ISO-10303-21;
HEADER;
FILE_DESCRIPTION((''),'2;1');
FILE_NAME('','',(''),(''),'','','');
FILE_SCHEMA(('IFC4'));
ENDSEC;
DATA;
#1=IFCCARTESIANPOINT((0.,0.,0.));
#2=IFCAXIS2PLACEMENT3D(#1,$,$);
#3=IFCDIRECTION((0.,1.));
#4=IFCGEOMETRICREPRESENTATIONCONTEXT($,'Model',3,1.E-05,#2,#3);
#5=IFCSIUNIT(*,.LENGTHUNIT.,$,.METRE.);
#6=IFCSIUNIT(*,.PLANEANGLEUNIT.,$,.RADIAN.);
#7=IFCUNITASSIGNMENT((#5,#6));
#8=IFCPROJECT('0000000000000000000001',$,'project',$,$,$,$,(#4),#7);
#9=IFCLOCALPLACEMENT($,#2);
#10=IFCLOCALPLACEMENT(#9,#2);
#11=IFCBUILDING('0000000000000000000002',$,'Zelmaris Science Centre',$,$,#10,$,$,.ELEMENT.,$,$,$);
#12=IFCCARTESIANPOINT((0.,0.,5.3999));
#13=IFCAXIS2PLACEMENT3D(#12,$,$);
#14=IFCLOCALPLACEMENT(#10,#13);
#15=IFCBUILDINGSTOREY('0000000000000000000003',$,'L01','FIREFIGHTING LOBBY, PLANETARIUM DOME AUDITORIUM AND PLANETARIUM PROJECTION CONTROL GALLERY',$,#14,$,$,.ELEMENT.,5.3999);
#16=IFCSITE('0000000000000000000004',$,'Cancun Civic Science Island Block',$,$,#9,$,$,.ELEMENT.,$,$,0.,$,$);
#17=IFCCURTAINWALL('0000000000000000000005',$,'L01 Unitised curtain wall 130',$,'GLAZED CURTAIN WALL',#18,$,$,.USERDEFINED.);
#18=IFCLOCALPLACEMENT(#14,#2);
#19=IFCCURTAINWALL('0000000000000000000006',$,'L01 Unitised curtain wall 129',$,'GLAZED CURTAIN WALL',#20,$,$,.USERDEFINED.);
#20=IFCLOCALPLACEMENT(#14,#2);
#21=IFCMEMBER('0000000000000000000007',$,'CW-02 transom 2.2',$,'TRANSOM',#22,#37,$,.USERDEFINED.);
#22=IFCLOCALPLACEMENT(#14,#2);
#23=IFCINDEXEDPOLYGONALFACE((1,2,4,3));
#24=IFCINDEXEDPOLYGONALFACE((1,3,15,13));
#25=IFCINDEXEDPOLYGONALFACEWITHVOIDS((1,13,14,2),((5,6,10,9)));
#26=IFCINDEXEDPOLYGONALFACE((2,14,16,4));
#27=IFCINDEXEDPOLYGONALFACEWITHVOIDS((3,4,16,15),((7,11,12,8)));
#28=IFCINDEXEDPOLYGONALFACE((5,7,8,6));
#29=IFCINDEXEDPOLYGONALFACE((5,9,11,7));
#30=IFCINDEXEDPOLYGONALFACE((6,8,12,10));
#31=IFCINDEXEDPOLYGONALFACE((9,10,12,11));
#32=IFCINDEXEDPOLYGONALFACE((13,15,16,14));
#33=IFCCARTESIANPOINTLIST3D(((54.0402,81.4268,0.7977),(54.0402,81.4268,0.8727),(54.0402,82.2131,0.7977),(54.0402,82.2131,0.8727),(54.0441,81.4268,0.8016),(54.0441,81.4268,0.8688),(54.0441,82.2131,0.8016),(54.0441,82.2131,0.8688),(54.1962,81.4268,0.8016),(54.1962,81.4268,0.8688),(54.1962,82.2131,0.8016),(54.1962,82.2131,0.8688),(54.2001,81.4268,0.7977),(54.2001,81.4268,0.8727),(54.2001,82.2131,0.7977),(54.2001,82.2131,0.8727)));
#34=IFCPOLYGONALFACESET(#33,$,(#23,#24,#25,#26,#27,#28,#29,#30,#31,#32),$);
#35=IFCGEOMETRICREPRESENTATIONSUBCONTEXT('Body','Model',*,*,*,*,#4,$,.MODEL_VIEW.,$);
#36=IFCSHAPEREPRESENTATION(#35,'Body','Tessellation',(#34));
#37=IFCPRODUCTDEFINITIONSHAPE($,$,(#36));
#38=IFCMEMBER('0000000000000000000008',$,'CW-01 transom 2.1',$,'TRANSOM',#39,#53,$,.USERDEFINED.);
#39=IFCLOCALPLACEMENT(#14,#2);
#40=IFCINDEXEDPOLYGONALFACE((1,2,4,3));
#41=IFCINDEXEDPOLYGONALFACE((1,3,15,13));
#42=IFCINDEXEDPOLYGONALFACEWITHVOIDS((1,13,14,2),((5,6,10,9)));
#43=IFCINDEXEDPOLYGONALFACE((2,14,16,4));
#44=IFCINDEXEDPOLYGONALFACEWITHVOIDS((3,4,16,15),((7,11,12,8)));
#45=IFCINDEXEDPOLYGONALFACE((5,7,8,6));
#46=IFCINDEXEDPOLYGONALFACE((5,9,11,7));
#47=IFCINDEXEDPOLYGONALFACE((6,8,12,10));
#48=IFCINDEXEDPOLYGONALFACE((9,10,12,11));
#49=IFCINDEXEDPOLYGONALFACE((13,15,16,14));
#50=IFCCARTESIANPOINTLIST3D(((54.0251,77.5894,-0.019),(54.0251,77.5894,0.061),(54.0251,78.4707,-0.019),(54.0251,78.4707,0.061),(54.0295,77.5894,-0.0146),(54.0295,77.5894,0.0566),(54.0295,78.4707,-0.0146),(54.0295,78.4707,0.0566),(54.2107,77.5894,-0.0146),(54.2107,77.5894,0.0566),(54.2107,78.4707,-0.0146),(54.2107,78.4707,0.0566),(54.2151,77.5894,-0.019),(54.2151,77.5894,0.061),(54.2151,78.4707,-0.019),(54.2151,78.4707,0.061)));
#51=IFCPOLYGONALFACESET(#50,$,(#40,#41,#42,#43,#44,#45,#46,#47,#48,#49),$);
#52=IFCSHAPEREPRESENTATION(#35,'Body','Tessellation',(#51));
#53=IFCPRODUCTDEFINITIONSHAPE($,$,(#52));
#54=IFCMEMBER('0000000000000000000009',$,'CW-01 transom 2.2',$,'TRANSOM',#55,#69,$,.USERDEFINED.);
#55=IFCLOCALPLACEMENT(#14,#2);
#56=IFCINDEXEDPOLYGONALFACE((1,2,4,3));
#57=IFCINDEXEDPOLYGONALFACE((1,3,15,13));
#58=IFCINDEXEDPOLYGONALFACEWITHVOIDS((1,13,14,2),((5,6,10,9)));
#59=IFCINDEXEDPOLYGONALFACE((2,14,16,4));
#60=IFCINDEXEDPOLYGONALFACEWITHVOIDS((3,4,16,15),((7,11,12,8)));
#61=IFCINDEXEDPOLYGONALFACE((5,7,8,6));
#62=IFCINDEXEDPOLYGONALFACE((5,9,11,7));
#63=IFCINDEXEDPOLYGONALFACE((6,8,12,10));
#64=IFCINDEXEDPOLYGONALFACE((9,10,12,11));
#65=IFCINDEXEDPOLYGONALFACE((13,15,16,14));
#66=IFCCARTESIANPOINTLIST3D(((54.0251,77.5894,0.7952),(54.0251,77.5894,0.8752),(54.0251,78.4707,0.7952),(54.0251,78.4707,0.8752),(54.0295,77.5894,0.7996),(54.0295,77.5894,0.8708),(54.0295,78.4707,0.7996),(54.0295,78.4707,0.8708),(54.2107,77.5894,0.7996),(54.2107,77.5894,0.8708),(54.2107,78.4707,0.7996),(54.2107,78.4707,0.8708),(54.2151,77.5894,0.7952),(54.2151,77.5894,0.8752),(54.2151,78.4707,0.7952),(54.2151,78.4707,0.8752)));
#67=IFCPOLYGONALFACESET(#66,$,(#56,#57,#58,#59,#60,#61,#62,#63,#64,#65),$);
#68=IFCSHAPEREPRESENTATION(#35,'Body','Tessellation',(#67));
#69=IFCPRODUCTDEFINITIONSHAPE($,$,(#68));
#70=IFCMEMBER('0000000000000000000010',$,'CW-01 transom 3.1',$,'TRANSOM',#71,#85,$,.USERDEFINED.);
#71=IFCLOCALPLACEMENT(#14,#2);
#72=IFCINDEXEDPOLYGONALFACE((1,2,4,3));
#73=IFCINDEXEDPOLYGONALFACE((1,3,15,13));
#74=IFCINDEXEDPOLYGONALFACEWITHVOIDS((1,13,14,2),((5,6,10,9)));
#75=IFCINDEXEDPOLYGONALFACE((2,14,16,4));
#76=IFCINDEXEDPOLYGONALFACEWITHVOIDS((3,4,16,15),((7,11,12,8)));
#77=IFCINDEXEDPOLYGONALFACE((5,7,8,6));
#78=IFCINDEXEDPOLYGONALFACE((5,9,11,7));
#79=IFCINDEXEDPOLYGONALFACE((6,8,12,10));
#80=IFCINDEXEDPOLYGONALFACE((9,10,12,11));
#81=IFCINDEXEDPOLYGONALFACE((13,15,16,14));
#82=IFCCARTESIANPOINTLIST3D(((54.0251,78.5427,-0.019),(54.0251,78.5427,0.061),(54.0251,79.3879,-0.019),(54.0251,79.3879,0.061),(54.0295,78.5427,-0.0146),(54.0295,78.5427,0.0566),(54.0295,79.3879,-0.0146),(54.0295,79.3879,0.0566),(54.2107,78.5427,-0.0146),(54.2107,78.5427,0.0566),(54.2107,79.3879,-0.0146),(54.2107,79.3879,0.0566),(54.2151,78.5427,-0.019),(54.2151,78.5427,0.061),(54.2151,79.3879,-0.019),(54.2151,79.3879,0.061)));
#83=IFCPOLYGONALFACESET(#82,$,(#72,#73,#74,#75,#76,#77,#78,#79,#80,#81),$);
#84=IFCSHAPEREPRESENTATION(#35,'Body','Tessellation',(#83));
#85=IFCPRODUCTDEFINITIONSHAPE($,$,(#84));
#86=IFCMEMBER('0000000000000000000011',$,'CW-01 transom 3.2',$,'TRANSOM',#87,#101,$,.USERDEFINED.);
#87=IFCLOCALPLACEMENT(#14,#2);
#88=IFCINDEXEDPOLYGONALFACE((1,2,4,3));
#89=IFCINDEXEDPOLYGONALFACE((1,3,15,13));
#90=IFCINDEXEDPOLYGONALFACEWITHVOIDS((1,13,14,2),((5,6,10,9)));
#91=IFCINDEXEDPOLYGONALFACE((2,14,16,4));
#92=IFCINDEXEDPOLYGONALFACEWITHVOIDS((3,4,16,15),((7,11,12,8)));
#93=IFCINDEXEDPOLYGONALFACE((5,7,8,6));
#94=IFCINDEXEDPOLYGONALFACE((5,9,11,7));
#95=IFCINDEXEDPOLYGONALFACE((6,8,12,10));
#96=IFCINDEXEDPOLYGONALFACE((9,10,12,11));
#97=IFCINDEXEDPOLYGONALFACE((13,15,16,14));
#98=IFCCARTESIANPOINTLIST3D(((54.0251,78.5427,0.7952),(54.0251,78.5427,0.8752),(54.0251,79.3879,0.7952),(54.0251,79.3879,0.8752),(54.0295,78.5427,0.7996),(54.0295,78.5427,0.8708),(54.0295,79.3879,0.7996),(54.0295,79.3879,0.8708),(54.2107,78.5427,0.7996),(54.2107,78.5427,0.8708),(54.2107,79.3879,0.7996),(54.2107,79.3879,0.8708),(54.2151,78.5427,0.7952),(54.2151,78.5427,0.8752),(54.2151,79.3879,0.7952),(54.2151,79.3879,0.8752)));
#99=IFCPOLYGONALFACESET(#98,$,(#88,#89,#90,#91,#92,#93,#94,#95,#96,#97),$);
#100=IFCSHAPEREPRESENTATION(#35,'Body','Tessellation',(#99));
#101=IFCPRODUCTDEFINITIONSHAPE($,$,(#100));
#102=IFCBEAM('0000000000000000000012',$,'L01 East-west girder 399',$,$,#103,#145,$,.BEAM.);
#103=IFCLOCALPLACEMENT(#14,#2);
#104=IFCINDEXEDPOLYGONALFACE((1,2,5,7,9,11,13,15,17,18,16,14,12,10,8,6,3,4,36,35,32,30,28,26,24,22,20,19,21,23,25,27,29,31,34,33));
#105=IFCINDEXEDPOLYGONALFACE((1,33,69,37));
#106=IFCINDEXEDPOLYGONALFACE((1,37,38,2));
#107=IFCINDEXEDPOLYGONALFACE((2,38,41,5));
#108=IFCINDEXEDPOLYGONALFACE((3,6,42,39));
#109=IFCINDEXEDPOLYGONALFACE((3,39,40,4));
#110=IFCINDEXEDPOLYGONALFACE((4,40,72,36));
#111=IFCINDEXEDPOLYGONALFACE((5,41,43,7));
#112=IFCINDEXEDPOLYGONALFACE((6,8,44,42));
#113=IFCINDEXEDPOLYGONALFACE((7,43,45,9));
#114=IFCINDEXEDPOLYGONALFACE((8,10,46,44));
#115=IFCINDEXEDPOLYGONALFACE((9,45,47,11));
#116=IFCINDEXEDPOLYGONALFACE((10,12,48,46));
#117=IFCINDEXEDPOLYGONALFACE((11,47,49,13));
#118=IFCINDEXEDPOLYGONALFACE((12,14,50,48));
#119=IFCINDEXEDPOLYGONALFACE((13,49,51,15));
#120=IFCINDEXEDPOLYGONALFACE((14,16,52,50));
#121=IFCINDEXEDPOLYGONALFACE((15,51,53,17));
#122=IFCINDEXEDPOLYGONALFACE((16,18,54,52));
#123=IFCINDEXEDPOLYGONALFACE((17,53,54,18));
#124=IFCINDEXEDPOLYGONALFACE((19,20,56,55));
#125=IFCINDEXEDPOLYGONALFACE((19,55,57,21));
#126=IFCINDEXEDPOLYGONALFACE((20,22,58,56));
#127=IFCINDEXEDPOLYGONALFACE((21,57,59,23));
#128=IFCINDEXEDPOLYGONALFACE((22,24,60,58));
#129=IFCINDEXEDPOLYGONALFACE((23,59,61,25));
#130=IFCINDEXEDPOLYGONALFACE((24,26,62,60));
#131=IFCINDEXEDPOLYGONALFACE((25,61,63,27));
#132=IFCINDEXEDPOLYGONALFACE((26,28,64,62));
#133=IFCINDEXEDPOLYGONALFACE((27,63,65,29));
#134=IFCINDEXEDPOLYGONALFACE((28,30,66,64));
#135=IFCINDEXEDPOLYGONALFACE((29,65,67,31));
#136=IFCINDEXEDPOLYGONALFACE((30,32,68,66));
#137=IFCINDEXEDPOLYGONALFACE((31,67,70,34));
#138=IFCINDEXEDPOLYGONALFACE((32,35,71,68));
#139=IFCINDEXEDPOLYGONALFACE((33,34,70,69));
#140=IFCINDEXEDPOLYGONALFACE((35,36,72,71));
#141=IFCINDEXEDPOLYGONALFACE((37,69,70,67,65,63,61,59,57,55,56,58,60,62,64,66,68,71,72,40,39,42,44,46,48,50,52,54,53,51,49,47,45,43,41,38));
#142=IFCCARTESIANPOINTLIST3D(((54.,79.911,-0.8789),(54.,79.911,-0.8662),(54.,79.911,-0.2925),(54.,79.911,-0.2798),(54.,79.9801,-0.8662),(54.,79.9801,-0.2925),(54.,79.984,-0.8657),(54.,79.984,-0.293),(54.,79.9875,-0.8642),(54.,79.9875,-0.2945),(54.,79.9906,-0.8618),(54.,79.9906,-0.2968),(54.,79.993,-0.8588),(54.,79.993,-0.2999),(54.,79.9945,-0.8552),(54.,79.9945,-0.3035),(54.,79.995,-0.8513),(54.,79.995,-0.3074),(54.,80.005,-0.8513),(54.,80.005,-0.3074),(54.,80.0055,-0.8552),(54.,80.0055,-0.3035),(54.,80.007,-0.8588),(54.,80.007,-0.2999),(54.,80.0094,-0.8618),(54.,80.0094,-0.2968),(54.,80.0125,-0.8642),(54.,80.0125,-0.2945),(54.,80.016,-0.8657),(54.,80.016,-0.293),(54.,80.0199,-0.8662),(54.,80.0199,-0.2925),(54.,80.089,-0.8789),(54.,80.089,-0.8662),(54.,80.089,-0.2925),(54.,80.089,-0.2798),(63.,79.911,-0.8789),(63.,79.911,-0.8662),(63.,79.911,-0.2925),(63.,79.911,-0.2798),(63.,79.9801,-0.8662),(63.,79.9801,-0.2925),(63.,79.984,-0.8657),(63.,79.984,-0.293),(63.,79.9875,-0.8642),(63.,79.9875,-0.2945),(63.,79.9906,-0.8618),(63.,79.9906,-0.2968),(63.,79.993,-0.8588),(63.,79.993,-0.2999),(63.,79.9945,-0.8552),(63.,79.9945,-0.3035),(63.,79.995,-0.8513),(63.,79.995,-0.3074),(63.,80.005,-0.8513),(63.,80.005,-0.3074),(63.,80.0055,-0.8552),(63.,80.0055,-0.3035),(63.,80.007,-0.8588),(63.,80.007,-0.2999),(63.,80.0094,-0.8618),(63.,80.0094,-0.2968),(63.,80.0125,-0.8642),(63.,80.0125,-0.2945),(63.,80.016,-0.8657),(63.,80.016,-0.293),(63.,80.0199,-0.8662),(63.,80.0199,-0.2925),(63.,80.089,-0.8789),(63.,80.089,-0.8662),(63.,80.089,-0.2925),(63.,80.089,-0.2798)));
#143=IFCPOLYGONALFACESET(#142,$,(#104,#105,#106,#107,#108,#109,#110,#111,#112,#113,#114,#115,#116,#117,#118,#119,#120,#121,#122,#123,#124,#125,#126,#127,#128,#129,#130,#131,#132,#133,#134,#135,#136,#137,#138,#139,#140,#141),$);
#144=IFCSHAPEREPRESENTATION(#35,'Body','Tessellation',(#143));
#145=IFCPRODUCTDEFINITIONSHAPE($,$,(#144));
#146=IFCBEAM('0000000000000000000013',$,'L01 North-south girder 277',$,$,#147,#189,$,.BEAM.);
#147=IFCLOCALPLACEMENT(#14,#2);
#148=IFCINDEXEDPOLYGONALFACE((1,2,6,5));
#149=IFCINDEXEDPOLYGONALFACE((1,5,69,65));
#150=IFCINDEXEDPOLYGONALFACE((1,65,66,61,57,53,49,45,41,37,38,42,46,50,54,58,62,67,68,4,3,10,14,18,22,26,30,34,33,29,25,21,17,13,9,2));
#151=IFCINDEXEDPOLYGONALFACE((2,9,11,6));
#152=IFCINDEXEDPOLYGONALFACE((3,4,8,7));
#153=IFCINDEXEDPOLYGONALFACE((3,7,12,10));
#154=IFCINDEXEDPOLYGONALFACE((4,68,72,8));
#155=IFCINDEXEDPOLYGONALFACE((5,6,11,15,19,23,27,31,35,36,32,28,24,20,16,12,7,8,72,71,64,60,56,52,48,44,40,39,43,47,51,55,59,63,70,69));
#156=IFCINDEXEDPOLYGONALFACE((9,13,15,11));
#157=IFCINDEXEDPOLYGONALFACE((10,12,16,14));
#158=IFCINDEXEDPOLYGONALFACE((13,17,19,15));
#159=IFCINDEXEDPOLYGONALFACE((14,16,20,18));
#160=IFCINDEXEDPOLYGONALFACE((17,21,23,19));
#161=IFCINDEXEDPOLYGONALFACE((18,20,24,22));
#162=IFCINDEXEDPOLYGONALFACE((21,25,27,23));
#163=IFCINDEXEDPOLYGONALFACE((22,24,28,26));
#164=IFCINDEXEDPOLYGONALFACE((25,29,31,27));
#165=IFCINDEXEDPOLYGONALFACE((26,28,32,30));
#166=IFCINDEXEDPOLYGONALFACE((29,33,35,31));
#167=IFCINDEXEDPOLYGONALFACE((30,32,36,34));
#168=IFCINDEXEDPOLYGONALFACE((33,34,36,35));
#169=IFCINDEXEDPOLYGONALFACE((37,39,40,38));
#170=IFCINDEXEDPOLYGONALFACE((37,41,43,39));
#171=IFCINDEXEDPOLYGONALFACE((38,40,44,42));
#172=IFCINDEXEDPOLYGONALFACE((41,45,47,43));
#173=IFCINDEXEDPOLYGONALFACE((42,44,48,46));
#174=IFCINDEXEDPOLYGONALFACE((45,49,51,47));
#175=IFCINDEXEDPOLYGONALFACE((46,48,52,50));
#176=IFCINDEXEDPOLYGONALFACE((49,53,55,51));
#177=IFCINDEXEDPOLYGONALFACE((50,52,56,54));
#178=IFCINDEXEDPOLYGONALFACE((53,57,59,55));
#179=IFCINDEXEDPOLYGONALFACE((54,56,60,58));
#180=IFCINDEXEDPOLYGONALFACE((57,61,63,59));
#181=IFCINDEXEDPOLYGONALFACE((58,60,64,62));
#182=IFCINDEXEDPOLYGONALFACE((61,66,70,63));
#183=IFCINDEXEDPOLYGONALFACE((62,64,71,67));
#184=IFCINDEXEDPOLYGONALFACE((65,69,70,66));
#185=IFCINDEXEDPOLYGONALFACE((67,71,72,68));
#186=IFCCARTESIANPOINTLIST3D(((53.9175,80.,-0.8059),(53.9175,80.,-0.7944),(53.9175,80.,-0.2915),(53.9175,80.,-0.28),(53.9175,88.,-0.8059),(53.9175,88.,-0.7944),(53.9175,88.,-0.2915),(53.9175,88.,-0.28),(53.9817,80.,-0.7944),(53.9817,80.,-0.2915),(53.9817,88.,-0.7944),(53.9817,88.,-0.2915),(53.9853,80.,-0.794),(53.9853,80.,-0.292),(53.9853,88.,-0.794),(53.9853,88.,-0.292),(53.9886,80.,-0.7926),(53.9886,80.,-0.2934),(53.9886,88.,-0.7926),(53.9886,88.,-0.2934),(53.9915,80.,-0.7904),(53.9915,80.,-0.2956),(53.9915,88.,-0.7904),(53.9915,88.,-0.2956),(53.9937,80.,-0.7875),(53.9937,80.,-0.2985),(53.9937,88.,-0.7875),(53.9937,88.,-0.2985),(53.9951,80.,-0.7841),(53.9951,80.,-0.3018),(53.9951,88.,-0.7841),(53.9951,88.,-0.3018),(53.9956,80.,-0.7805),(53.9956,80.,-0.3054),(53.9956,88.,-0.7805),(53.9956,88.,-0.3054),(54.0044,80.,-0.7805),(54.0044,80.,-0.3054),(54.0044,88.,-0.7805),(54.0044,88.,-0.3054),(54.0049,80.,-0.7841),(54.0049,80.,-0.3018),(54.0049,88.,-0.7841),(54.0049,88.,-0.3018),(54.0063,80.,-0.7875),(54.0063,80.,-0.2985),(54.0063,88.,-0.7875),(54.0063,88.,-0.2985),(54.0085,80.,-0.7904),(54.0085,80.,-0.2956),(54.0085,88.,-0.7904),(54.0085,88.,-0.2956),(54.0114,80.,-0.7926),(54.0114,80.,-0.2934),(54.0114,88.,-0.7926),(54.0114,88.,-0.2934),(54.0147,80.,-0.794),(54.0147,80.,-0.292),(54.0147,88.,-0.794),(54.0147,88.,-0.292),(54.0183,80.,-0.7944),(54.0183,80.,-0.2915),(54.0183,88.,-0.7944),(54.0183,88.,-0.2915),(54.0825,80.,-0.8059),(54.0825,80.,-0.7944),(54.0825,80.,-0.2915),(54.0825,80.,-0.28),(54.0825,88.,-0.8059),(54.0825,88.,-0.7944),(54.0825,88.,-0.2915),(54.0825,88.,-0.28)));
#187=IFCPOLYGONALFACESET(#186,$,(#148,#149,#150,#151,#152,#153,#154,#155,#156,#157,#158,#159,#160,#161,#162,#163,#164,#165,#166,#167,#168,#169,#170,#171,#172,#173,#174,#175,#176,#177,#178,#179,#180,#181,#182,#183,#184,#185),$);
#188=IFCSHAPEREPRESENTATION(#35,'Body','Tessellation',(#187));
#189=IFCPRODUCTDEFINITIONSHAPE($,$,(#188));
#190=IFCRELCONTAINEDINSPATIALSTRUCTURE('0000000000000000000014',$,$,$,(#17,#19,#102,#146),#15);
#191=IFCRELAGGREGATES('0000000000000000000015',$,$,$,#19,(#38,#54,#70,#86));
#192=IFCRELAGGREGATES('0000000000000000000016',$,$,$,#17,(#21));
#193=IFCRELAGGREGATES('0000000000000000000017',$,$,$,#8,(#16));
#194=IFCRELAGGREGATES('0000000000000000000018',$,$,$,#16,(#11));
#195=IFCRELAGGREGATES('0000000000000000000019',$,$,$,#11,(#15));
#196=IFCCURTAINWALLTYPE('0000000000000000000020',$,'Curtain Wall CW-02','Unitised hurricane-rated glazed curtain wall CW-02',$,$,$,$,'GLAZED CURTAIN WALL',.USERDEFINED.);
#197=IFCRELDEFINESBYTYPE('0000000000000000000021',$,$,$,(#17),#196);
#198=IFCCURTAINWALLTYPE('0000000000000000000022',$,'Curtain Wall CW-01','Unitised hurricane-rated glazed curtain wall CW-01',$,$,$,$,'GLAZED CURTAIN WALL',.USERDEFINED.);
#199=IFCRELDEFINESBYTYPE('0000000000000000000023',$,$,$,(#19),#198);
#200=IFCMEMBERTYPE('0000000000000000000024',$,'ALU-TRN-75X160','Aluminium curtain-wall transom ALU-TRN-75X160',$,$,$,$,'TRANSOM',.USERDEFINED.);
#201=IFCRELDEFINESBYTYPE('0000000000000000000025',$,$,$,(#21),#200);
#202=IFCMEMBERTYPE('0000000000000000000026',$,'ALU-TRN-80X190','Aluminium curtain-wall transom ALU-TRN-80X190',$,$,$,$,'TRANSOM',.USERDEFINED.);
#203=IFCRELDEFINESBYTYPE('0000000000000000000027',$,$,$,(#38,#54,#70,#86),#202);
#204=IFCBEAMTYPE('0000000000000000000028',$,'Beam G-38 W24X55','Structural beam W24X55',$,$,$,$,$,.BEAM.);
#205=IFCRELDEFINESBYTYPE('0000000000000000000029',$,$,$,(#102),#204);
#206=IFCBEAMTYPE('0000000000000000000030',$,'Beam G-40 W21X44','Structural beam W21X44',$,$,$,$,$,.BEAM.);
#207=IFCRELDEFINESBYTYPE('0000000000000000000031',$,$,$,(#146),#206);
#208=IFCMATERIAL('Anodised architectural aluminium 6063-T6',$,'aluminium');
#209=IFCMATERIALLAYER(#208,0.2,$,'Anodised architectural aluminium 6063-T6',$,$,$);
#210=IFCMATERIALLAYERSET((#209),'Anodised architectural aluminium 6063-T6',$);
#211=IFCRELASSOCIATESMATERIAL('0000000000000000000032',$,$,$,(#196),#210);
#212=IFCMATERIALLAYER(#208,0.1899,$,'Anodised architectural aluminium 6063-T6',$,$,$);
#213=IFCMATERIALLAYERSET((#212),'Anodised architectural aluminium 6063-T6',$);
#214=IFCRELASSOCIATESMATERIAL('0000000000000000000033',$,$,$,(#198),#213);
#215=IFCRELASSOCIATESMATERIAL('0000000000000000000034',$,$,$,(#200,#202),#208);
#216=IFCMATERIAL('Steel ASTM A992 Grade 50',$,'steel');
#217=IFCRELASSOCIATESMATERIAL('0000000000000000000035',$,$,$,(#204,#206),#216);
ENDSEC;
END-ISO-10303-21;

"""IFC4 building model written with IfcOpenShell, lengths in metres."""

from ifc_helpers import new_model, si_unit, direction, frame, origin, origin_2d, place, context, subcontext, project, spatial, hollow_rectangle, i_section, extrude, material, layer, layer_set, material_profile, profile_set, type_object, element, aggregate, save


model = new_model("IFC4")

# Units and contexts
model_context = context("Model", 3, precision=1e-05, world=origin(), true_north=direction((0.0, 1.0)))
body_context = subcontext(model_context, "Body", "Model", "MODEL_VIEW")
ifc_project = project(units=[si_unit("LENGTHUNIT", "METRE"), si_unit("PLANEANGLEUNIT", "RADIAN")], contexts=[model_context])

# Site, building, storey
site_placement = place(None, origin())
site = spatial("IfcSite", under=ifc_project, at=site_placement, Name="Cancun Civic Science Island Block", CompositionType="ELEMENT", RefElevation=0.0)
building_placement = place(site_placement, origin())
building = spatial("IfcBuilding", under=site, at=building_placement, Name="Zelmaris Science Centre", CompositionType="ELEMENT")
storey_placement = place(building_placement, frame((0.0, 0.0, 5.3999)))
storey = spatial("IfcBuildingStorey", under=building, at=storey_placement, Name="L01", Description="FIREFIGHTING LOBBY, PLANETARIUM DOME AUDITORIUM AND PLANETARIUM PROJECTION CONTROL GALLERY", CompositionType="ELEMENT", Elevation=5.3999)

# Shared definitions
ifc_material_1 = material(Name="Steel ASTM A992 Grade 50", Category="steel")

# Curtain walls
ifc_material_2 = material(Name="Anodised architectural aluminium 6063-T6", Category="aluminium")
ifc_layer_1 = layer(ifc_material_2, 0.2, Name="Anodised architectural aluminium 6063-T6")
ifc_layer_set_1 = layer_set([ifc_layer_1], Name="Anodised architectural aluminium 6063-T6")
curtain_wall_type_1 = type_object("IfcCurtainWallType", Name="Curtain Wall CW-02", Description="Unitised hurricane-rated glazed curtain wall CW-02", ElementType="GLAZED CURTAIN WALL", PredefinedType="USERDEFINED", material=ifc_layer_set_1)
curtain_wall_1_placement = place(storey_placement, origin())
curtain_wall_1 = element("IfcCurtainWall", 1, at=curtain_wall_1_placement, inside=storey, type_object=curtain_wall_type_1, Name="L01 Unitised curtain wall 130", ObjectType="GLAZED CURTAIN WALL", PredefinedType="USERDEFINED")
ifc_layer_2 = layer(ifc_material_2, 0.1899, Name="Anodised architectural aluminium 6063-T6")
ifc_layer_set_2 = layer_set([ifc_layer_2], Name="Anodised architectural aluminium 6063-T6")
curtain_wall_type_2 = type_object("IfcCurtainWallType", Name="Curtain Wall CW-01", Description="Unitised hurricane-rated glazed curtain wall CW-01", ElementType="GLAZED CURTAIN WALL", PredefinedType="USERDEFINED", material=ifc_layer_set_2)
curtain_wall_2_placement = place(storey_placement, origin())
curtain_wall_2 = element("IfcCurtainWall", 2, at=curtain_wall_2_placement, inside=storey, type_object=curtain_wall_type_2, Name="L01 Unitised curtain wall 129", ObjectType="GLAZED CURTAIN WALL", PredefinedType="USERDEFINED")

# Members
ifc_material_profile_1 = material_profile(ifc_material_2, hollow_rectangle(XDim=0.075, YDim=0.1599, WallThickness=0.0039, at=origin_2d()), Name="ALU-TRN-75X160")
ifc_profile_set_1 = profile_set([ifc_material_profile_1], Name="Anodised architectural aluminium 6063-T6")
member_type_1 = type_object("IfcMemberType", Name="ALU-TRN-75X160", Description="Aluminium curtain-wall transom ALU-TRN-75X160", ElementType="TRANSOM", PredefinedType="USERDEFINED", material=ifc_profile_set_1)
member_1_placement = place(storey_placement, frame((54.1201, 81.4268, 0.8352), z_axis=(0.0, 1.0, 0.0), x_axis=(0.0, 0.0, 1.0)))
member_1 = element("IfcMember", 3, at=member_1_placement, type_object=member_type_1, Name="CW-02 transom 2.2", ObjectType="TRANSOM", PredefinedType="USERDEFINED", context=body_context, shape_type="SweptSolid", body=[
    extrude(hollow_rectangle(XDim=0.075, YDim=0.1599, WallThickness=0.0039, at=origin_2d()), origin(), (0.0, 0.0, 1.0), 0.7864),
])
ifc_material_profile_2 = material_profile(ifc_material_2, hollow_rectangle(XDim=0.0801, YDim=0.1899, WallThickness=0.0044, at=origin_2d()), Name="ALU-TRN-80X190")
ifc_profile_set_2 = profile_set([ifc_material_profile_2], Name="Anodised architectural aluminium 6063-T6")
member_type_2 = type_object("IfcMemberType", Name="ALU-TRN-80X190", Description="Aluminium curtain-wall transom ALU-TRN-80X190", ElementType="TRANSOM", PredefinedType="USERDEFINED", material=ifc_profile_set_2)
member_2_placement = place(storey_placement, frame((54.1201, 77.5894, 0.021), z_axis=(0.0, 1.0, 0.0), x_axis=(0.0, 0.0, 1.0)))
member_2 = element("IfcMember", 4, at=member_2_placement, type_object=member_type_2, Name="CW-01 transom 2.1", ObjectType="TRANSOM", PredefinedType="USERDEFINED", context=body_context, shape_type="SweptSolid", body=[
    extrude(hollow_rectangle(XDim=0.0801, YDim=0.1899, WallThickness=0.0044, at=origin_2d()), origin(), (0.0, 0.0, 1.0), 0.8813),
])
member_3_placement = place(storey_placement, frame((54.1201, 77.5894, 0.8352), z_axis=(0.0, 1.0, 0.0), x_axis=(0.0, 0.0, 1.0)))
member_3 = element("IfcMember", 5, at=member_3_placement, type_object=member_type_2, Name="CW-01 transom 2.2", ObjectType="TRANSOM", PredefinedType="USERDEFINED", context=body_context, shape_type="SweptSolid", body=[
    extrude(hollow_rectangle(XDim=0.0801, YDim=0.1899, WallThickness=0.0044, at=origin_2d()), origin(), (0.0, 0.0, 1.0), 0.8813),
])
member_4_placement = place(storey_placement, frame((54.1201, 78.5427, 0.021), z_axis=(0.0, 1.0, 0.0), x_axis=(0.0, 0.0, 1.0)))
member_4 = element("IfcMember", 6, at=member_4_placement, type_object=member_type_2, Name="CW-01 transom 3.1", ObjectType="TRANSOM", PredefinedType="USERDEFINED", context=body_context, shape_type="SweptSolid", body=[
    extrude(hollow_rectangle(XDim=0.0801, YDim=0.1899, WallThickness=0.0044, at=origin_2d()), origin(), (0.0, 0.0, 1.0), 0.8452),
])
member_5_placement = place(storey_placement, frame((54.1201, 78.5427, 0.8352), z_axis=(0.0, 1.0, 0.0), x_axis=(0.0, 0.0, 1.0)))
member_5 = element("IfcMember", 7, at=member_5_placement, type_object=member_type_2, Name="CW-01 transom 3.2", ObjectType="TRANSOM", PredefinedType="USERDEFINED", context=body_context, shape_type="SweptSolid", body=[
    extrude(hollow_rectangle(XDim=0.0801, YDim=0.1899, WallThickness=0.0044, at=origin_2d()), origin(), (0.0, 0.0, 1.0), 0.8452),
])

# Beams
ifc_material_profile_3 = material_profile(ifc_material_1, i_section(OverallWidth=0.178, OverallDepth=0.5991, WebThickness=0.01, FlangeThickness=0.0127, FilletRadius=0.0149, at=origin_2d()), Name="W24X55")
ifc_profile_set_3 = profile_set([ifc_material_profile_3], Name="Steel ASTM A992 Grade 50")
beam_type_1 = type_object("IfcBeamType", Name="Beam G-38 W24X55", Description="Structural beam W24X55", PredefinedType="BEAM", material=ifc_profile_set_3)
beam_1_placement = place(storey_placement, frame((54.0, 80.0, -0.5793), z_axis=(1.0, 0.0, 0.0), x_axis=(0.0, 1.0, 0.0)))
element("IfcBeam", 8, at=beam_1_placement, inside=storey, type_object=beam_type_1, Name="L01 East-west girder 399", PredefinedType="BEAM", context=body_context, shape_type="SweptSolid", body=[
    extrude(i_section(OverallWidth=0.178, OverallDepth=0.5991, WebThickness=0.01, FlangeThickness=0.0127, FilletRadius=0.0149, at=origin_2d()), origin(), (0.0, 0.0, 1.0), 9.0),
])
ifc_material_profile_4 = material_profile(ifc_material_1, i_section(OverallWidth=0.165, OverallDepth=0.5259, WebThickness=0.0088, FlangeThickness=0.0115, FilletRadius=0.0139, at=origin_2d()), Name="W21X44")
ifc_profile_set_4 = profile_set([ifc_material_profile_4], Name="Steel ASTM A992 Grade 50")
beam_type_2 = type_object("IfcBeamType", Name="Beam G-40 W21X44", Description="Structural beam W21X44", PredefinedType="BEAM", material=ifc_profile_set_4)
beam_2_placement = place(storey_placement, frame((54.0, 80.0, -0.543), z_axis=(0.0, 1.0, 0.0), x_axis=(-1.0, 0.0, 0.0)))
element("IfcBeam", 9, at=beam_2_placement, inside=storey, type_object=beam_type_2, Name="L01 North-south girder 277", PredefinedType="BEAM", context=body_context, shape_type="SweptSolid", body=[
    extrude(i_section(OverallWidth=0.165, OverallDepth=0.5259, WebThickness=0.0088, FlangeThickness=0.0115, FilletRadius=0.0139, at=origin_2d()), origin(), (0.0, 0.0, 1.0), 8.0),
])

aggregate(curtain_wall_2, [member_2, member_3, member_4, member_5])
aggregate(curtain_wall_1, [member_1])

save(model, "model.ifc")
